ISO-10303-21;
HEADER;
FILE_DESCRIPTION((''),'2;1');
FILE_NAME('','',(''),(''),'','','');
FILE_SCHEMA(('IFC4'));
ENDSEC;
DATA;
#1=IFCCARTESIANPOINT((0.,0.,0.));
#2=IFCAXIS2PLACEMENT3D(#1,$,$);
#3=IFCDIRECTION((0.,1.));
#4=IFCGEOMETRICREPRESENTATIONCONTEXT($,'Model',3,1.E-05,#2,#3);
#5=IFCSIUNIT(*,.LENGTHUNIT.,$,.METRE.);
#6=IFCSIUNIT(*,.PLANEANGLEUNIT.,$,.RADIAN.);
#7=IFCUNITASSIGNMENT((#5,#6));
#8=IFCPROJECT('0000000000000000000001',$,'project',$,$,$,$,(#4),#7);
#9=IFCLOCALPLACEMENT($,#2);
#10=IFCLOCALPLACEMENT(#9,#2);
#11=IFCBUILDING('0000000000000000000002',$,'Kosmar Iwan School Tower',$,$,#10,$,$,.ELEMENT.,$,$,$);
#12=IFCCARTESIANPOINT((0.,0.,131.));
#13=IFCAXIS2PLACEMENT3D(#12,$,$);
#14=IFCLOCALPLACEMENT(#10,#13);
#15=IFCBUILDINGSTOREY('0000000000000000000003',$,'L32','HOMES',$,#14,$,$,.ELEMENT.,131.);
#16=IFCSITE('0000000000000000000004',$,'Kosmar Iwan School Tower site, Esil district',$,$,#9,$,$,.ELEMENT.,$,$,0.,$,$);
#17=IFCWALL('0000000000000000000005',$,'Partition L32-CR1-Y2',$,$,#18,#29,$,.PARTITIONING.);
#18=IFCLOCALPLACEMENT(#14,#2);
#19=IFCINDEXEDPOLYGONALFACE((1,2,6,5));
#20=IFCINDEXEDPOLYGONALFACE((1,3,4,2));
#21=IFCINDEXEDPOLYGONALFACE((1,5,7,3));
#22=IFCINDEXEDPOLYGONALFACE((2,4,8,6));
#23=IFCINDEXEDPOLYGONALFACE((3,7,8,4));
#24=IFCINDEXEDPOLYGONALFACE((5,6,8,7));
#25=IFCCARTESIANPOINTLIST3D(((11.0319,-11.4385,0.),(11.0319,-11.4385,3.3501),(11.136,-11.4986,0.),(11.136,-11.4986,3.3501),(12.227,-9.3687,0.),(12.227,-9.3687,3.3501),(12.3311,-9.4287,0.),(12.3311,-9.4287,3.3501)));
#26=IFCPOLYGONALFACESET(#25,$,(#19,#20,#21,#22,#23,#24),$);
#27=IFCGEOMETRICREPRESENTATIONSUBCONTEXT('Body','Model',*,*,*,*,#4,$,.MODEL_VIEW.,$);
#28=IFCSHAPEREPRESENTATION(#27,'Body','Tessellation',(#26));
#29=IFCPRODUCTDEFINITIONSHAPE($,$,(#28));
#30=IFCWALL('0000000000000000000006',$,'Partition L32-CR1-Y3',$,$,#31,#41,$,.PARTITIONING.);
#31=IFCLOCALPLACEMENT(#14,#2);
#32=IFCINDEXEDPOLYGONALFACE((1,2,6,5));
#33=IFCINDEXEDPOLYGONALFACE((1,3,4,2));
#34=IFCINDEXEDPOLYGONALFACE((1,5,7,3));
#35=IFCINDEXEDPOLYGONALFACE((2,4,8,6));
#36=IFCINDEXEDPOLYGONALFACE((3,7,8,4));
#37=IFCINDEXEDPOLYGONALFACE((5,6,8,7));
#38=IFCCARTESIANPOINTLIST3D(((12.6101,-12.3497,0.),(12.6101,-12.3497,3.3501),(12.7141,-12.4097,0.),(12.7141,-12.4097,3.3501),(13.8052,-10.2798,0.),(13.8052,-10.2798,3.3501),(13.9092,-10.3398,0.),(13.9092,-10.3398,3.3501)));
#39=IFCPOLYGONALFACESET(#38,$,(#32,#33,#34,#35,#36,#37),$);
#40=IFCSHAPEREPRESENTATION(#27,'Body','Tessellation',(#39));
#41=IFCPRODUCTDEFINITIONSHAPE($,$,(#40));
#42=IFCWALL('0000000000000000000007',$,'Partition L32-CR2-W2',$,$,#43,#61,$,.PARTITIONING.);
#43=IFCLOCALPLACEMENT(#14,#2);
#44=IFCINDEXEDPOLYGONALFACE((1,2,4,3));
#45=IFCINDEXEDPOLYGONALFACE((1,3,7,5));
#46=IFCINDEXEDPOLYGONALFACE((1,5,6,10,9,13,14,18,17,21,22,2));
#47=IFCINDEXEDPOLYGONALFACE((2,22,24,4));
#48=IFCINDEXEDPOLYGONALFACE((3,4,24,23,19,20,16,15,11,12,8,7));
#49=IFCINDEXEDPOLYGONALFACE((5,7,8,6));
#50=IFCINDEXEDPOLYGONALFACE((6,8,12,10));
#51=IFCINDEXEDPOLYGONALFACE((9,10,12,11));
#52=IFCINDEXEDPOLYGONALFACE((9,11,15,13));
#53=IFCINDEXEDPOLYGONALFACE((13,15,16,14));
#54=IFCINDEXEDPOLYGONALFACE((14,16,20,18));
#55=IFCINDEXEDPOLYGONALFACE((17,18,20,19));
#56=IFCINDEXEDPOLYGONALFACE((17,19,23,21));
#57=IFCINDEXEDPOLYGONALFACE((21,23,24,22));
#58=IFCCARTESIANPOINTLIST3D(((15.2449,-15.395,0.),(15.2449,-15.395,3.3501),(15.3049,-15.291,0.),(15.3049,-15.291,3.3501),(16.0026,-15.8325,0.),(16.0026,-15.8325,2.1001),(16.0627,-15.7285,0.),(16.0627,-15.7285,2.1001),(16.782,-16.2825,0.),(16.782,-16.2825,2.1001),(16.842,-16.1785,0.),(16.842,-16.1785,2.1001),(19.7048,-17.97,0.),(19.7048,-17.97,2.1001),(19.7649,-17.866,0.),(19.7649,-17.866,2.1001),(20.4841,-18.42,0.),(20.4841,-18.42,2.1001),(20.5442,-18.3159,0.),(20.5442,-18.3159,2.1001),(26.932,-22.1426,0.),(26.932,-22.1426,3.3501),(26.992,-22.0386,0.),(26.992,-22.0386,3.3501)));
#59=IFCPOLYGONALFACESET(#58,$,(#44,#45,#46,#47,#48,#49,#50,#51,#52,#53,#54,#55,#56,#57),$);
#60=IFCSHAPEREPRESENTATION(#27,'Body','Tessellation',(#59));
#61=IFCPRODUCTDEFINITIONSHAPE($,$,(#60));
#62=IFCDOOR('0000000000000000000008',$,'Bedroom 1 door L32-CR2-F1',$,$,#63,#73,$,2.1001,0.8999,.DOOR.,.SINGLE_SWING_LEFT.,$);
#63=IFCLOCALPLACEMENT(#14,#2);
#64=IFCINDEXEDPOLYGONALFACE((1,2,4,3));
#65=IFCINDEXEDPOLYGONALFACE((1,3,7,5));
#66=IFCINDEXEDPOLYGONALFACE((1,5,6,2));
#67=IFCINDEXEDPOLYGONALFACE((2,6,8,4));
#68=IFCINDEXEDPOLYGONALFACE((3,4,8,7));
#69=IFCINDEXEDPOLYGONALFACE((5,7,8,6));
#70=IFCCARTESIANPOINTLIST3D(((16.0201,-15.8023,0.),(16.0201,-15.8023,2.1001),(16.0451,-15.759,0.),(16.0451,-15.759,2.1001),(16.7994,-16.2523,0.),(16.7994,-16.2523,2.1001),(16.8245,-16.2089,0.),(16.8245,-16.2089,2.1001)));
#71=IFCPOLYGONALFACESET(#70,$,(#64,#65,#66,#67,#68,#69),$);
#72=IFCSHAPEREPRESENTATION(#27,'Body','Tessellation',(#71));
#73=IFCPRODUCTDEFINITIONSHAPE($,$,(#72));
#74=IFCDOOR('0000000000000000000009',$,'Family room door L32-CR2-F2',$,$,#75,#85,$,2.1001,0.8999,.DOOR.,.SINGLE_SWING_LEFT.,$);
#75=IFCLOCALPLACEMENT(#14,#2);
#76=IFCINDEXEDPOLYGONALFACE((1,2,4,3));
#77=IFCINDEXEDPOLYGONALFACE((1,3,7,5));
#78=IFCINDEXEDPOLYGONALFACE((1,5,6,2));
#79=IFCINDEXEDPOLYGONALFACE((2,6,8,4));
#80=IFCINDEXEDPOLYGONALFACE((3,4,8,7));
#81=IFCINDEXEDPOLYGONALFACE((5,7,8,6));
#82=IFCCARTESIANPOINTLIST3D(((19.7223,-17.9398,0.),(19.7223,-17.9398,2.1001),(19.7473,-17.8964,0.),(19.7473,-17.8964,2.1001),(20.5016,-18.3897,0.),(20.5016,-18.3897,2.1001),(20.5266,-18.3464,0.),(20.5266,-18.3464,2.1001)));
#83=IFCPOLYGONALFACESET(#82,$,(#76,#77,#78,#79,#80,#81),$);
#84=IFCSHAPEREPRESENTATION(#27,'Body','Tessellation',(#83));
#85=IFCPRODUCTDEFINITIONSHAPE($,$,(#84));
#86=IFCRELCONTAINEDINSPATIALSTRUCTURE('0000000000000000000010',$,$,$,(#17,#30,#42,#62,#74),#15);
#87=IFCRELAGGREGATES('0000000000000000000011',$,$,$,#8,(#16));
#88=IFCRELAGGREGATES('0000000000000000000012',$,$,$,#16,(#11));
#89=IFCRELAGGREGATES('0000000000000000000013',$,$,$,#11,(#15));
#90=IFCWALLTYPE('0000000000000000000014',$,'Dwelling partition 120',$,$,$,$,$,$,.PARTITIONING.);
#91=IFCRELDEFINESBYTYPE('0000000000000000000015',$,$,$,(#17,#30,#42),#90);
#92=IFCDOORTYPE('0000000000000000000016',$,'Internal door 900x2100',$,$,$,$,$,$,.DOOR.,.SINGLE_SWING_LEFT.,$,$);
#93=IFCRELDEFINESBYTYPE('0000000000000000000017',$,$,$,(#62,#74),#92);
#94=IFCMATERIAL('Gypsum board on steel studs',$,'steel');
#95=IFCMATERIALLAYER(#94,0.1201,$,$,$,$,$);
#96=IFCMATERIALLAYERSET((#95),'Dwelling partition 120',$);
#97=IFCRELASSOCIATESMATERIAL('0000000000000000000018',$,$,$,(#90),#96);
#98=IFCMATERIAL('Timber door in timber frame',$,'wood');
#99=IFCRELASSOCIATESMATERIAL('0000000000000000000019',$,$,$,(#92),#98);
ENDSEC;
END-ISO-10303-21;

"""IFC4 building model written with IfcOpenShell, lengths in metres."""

from ifc_helpers import new_model, si_unit, direction, frame, frame_2d, origin, place, context, subcontext, project, spatial, rectangle, extrude, material, layer, layer_set, type_object, element, fill, save


model = new_model("IFC4")

# Units and contexts
model_context = context("Model", 3, precision=1e-05, world=origin(), true_north=direction((0.0, 1.0)))
body_context = subcontext(model_context, "Body", "Model", "MODEL_VIEW")
ifc_project = project(units=[si_unit("LENGTHUNIT", "METRE"), si_unit("PLANEANGLEUNIT", "RADIAN")], contexts=[model_context])

# Site, building, storey
site_placement = place(None, origin())
site = spatial("IfcSite", under=ifc_project, at=site_placement, Name="Kosmar Iwan School Tower site, Esil district", CompositionType="ELEMENT", RefElevation=0.0)
building_placement = place(site_placement, origin())
building = spatial("IfcBuilding", under=site, at=building_placement, Name="Kosmar Iwan School Tower", CompositionType="ELEMENT")
storey_placement = place(building_placement, frame((0.0, 0.0, 131.0)))
storey = spatial("IfcBuildingStorey", under=building, at=storey_placement, Name="L32", Description="HOMES", CompositionType="ELEMENT", Elevation=131.0)

# Walls
ifc_material_1 = material(Name="Gypsum board on steel studs", Category="steel")
ifc_layer_1 = layer(ifc_material_1, 0.1201)
ifc_layer_set_1 = layer_set([ifc_layer_1], Name="Dwelling partition 120")
wall_type_1 = type_object("IfcWallType", Name="Dwelling partition 120", PredefinedType="PARTITIONING", material=ifc_layer_set_1)
for number, where, z_axis, x_axis, name in (
    (1, (12.2791, -9.3987, 0.0), (0.0, 0.0, 1.0), (-0.500017, -0.866015, 0.0), "Partition L32-CR1-Y2"),
    (2, (13.8572, -10.3098, 0.0), (0.0, 0.0, 1.0), (-0.500017, -0.866015, 0.0), "Partition L32-CR1-Y3"),
):
    element("IfcWall", number, at=place(storey_placement, frame(where, z_axis=z_axis, x_axis=x_axis)), inside=storey, type_object=wall_type_1, Name=name, PredefinedType="PARTITIONING", context=body_context, shape_type="SweptSolid", body=[
        extrude(rectangle(XDim=2.3901, YDim=0.1201, at=frame_2d((1.1951, 0.0))), origin(), (0.0, 0.0, 1.0), 3.3501),
    ])

# Wall, openings, doors
wall_1_placement = place(storey_placement, frame((15.2749, -15.343, 0.0), z_axis=(0.0, 0.0, 1.0), x_axis=(0.866024, -0.500003, 0.0)))
wall_1 = element("IfcWall", 3, at=wall_1_placement, inside=storey, type_object=wall_type_1, Name="Partition L32-CR2-W2", PredefinedType="PARTITIONING", context=body_context, shape_type="SweptSolid", body=[
    extrude(rectangle(XDim=13.4951, YDim=0.1201, at=frame_2d((6.7476, 0.0))), origin(), (0.0, 0.0, 1.0), 3.3501),
])
opening_1_placement = place(wall_1_placement, frame((0.875, 0.0, 0.0)))
opening_1 = element("IfcOpeningElement", 4, at=opening_1_placement, cuts=wall_1, PredefinedType="OPENING", context=body_context, shape_type="SweptSolid", body=[
    extrude(rectangle(XDim=0.8999, YDim=2.1001, at=frame_2d((0.45, 1.05))), frame((0.0, 0.072, 0.0), z_axis=(0.0, -1.0, 0.0), x_axis=(1.0, 0.0, 0.0)), (0.0, 0.0, 1.0), 0.144),
])
opening_2_placement = place(wall_1_placement, frame((5.1499, 0.0, 0.0)))
opening_2 = element("IfcOpeningElement", 5, at=opening_2_placement, cuts=wall_1, PredefinedType="OPENING", context=body_context, shape_type="SweptSolid", body=[
    extrude(rectangle(XDim=0.8999, YDim=2.1001, at=frame_2d((0.45, 1.05))), frame((0.0, 0.072, 0.0), z_axis=(0.0, -1.0, 0.0), x_axis=(1.0, 0.0, 0.0)), (0.0, 0.0, 1.0), 0.144),
])
ifc_material_2 = material(Name="Timber door in timber frame", Category="wood")
door_type_1 = type_object("IfcDoorType", Name="Internal door 900x2100", OperationType="SINGLE_SWING_LEFT", PredefinedType="DOOR", material=ifc_material_2)
door_1_placement = place(opening_1_placement, origin())
door_1 = element("IfcDoor", 6, at=door_1_placement, inside=storey, type_object=door_type_1, Name="Bedroom 1 door L32-CR2-F1", OperationType="SINGLE_SWING_LEFT", OverallHeight=2.1001, OverallWidth=0.8999, PredefinedType="DOOR", context=body_context, shape_type="SweptSolid", body=[
    extrude(rectangle(XDim=0.8999, YDim=2.1001, at=frame_2d((0.45, 1.05))), frame((0.0, 0.0249, 0.0), z_axis=(0.0, -1.0, 0.0), x_axis=(1.0, 0.0, 0.0)), (0.0, 0.0, 1.0), 0.05),
])
fill(opening_1, door_1)
door_2_placement = place(opening_2_placement, origin())
door_2 = element("IfcDoor", 7, at=door_2_placement, inside=storey, type_object=door_type_1, Name="Family room door L32-CR2-F2", OperationType="SINGLE_SWING_LEFT", OverallHeight=2.1001, OverallWidth=0.8999, PredefinedType="DOOR", context=body_context, shape_type="SweptSolid", body=[
    extrude(rectangle(XDim=0.8999, YDim=2.1001, at=frame_2d((0.45, 1.05))), frame((0.0, 0.0249, 0.0), z_axis=(0.0, -1.0, 0.0), x_axis=(1.0, 0.0, 0.0)), (0.0, 0.0, 1.0), 0.05),
])
fill(opening_2, door_2)

save(model, "model.ifc")
